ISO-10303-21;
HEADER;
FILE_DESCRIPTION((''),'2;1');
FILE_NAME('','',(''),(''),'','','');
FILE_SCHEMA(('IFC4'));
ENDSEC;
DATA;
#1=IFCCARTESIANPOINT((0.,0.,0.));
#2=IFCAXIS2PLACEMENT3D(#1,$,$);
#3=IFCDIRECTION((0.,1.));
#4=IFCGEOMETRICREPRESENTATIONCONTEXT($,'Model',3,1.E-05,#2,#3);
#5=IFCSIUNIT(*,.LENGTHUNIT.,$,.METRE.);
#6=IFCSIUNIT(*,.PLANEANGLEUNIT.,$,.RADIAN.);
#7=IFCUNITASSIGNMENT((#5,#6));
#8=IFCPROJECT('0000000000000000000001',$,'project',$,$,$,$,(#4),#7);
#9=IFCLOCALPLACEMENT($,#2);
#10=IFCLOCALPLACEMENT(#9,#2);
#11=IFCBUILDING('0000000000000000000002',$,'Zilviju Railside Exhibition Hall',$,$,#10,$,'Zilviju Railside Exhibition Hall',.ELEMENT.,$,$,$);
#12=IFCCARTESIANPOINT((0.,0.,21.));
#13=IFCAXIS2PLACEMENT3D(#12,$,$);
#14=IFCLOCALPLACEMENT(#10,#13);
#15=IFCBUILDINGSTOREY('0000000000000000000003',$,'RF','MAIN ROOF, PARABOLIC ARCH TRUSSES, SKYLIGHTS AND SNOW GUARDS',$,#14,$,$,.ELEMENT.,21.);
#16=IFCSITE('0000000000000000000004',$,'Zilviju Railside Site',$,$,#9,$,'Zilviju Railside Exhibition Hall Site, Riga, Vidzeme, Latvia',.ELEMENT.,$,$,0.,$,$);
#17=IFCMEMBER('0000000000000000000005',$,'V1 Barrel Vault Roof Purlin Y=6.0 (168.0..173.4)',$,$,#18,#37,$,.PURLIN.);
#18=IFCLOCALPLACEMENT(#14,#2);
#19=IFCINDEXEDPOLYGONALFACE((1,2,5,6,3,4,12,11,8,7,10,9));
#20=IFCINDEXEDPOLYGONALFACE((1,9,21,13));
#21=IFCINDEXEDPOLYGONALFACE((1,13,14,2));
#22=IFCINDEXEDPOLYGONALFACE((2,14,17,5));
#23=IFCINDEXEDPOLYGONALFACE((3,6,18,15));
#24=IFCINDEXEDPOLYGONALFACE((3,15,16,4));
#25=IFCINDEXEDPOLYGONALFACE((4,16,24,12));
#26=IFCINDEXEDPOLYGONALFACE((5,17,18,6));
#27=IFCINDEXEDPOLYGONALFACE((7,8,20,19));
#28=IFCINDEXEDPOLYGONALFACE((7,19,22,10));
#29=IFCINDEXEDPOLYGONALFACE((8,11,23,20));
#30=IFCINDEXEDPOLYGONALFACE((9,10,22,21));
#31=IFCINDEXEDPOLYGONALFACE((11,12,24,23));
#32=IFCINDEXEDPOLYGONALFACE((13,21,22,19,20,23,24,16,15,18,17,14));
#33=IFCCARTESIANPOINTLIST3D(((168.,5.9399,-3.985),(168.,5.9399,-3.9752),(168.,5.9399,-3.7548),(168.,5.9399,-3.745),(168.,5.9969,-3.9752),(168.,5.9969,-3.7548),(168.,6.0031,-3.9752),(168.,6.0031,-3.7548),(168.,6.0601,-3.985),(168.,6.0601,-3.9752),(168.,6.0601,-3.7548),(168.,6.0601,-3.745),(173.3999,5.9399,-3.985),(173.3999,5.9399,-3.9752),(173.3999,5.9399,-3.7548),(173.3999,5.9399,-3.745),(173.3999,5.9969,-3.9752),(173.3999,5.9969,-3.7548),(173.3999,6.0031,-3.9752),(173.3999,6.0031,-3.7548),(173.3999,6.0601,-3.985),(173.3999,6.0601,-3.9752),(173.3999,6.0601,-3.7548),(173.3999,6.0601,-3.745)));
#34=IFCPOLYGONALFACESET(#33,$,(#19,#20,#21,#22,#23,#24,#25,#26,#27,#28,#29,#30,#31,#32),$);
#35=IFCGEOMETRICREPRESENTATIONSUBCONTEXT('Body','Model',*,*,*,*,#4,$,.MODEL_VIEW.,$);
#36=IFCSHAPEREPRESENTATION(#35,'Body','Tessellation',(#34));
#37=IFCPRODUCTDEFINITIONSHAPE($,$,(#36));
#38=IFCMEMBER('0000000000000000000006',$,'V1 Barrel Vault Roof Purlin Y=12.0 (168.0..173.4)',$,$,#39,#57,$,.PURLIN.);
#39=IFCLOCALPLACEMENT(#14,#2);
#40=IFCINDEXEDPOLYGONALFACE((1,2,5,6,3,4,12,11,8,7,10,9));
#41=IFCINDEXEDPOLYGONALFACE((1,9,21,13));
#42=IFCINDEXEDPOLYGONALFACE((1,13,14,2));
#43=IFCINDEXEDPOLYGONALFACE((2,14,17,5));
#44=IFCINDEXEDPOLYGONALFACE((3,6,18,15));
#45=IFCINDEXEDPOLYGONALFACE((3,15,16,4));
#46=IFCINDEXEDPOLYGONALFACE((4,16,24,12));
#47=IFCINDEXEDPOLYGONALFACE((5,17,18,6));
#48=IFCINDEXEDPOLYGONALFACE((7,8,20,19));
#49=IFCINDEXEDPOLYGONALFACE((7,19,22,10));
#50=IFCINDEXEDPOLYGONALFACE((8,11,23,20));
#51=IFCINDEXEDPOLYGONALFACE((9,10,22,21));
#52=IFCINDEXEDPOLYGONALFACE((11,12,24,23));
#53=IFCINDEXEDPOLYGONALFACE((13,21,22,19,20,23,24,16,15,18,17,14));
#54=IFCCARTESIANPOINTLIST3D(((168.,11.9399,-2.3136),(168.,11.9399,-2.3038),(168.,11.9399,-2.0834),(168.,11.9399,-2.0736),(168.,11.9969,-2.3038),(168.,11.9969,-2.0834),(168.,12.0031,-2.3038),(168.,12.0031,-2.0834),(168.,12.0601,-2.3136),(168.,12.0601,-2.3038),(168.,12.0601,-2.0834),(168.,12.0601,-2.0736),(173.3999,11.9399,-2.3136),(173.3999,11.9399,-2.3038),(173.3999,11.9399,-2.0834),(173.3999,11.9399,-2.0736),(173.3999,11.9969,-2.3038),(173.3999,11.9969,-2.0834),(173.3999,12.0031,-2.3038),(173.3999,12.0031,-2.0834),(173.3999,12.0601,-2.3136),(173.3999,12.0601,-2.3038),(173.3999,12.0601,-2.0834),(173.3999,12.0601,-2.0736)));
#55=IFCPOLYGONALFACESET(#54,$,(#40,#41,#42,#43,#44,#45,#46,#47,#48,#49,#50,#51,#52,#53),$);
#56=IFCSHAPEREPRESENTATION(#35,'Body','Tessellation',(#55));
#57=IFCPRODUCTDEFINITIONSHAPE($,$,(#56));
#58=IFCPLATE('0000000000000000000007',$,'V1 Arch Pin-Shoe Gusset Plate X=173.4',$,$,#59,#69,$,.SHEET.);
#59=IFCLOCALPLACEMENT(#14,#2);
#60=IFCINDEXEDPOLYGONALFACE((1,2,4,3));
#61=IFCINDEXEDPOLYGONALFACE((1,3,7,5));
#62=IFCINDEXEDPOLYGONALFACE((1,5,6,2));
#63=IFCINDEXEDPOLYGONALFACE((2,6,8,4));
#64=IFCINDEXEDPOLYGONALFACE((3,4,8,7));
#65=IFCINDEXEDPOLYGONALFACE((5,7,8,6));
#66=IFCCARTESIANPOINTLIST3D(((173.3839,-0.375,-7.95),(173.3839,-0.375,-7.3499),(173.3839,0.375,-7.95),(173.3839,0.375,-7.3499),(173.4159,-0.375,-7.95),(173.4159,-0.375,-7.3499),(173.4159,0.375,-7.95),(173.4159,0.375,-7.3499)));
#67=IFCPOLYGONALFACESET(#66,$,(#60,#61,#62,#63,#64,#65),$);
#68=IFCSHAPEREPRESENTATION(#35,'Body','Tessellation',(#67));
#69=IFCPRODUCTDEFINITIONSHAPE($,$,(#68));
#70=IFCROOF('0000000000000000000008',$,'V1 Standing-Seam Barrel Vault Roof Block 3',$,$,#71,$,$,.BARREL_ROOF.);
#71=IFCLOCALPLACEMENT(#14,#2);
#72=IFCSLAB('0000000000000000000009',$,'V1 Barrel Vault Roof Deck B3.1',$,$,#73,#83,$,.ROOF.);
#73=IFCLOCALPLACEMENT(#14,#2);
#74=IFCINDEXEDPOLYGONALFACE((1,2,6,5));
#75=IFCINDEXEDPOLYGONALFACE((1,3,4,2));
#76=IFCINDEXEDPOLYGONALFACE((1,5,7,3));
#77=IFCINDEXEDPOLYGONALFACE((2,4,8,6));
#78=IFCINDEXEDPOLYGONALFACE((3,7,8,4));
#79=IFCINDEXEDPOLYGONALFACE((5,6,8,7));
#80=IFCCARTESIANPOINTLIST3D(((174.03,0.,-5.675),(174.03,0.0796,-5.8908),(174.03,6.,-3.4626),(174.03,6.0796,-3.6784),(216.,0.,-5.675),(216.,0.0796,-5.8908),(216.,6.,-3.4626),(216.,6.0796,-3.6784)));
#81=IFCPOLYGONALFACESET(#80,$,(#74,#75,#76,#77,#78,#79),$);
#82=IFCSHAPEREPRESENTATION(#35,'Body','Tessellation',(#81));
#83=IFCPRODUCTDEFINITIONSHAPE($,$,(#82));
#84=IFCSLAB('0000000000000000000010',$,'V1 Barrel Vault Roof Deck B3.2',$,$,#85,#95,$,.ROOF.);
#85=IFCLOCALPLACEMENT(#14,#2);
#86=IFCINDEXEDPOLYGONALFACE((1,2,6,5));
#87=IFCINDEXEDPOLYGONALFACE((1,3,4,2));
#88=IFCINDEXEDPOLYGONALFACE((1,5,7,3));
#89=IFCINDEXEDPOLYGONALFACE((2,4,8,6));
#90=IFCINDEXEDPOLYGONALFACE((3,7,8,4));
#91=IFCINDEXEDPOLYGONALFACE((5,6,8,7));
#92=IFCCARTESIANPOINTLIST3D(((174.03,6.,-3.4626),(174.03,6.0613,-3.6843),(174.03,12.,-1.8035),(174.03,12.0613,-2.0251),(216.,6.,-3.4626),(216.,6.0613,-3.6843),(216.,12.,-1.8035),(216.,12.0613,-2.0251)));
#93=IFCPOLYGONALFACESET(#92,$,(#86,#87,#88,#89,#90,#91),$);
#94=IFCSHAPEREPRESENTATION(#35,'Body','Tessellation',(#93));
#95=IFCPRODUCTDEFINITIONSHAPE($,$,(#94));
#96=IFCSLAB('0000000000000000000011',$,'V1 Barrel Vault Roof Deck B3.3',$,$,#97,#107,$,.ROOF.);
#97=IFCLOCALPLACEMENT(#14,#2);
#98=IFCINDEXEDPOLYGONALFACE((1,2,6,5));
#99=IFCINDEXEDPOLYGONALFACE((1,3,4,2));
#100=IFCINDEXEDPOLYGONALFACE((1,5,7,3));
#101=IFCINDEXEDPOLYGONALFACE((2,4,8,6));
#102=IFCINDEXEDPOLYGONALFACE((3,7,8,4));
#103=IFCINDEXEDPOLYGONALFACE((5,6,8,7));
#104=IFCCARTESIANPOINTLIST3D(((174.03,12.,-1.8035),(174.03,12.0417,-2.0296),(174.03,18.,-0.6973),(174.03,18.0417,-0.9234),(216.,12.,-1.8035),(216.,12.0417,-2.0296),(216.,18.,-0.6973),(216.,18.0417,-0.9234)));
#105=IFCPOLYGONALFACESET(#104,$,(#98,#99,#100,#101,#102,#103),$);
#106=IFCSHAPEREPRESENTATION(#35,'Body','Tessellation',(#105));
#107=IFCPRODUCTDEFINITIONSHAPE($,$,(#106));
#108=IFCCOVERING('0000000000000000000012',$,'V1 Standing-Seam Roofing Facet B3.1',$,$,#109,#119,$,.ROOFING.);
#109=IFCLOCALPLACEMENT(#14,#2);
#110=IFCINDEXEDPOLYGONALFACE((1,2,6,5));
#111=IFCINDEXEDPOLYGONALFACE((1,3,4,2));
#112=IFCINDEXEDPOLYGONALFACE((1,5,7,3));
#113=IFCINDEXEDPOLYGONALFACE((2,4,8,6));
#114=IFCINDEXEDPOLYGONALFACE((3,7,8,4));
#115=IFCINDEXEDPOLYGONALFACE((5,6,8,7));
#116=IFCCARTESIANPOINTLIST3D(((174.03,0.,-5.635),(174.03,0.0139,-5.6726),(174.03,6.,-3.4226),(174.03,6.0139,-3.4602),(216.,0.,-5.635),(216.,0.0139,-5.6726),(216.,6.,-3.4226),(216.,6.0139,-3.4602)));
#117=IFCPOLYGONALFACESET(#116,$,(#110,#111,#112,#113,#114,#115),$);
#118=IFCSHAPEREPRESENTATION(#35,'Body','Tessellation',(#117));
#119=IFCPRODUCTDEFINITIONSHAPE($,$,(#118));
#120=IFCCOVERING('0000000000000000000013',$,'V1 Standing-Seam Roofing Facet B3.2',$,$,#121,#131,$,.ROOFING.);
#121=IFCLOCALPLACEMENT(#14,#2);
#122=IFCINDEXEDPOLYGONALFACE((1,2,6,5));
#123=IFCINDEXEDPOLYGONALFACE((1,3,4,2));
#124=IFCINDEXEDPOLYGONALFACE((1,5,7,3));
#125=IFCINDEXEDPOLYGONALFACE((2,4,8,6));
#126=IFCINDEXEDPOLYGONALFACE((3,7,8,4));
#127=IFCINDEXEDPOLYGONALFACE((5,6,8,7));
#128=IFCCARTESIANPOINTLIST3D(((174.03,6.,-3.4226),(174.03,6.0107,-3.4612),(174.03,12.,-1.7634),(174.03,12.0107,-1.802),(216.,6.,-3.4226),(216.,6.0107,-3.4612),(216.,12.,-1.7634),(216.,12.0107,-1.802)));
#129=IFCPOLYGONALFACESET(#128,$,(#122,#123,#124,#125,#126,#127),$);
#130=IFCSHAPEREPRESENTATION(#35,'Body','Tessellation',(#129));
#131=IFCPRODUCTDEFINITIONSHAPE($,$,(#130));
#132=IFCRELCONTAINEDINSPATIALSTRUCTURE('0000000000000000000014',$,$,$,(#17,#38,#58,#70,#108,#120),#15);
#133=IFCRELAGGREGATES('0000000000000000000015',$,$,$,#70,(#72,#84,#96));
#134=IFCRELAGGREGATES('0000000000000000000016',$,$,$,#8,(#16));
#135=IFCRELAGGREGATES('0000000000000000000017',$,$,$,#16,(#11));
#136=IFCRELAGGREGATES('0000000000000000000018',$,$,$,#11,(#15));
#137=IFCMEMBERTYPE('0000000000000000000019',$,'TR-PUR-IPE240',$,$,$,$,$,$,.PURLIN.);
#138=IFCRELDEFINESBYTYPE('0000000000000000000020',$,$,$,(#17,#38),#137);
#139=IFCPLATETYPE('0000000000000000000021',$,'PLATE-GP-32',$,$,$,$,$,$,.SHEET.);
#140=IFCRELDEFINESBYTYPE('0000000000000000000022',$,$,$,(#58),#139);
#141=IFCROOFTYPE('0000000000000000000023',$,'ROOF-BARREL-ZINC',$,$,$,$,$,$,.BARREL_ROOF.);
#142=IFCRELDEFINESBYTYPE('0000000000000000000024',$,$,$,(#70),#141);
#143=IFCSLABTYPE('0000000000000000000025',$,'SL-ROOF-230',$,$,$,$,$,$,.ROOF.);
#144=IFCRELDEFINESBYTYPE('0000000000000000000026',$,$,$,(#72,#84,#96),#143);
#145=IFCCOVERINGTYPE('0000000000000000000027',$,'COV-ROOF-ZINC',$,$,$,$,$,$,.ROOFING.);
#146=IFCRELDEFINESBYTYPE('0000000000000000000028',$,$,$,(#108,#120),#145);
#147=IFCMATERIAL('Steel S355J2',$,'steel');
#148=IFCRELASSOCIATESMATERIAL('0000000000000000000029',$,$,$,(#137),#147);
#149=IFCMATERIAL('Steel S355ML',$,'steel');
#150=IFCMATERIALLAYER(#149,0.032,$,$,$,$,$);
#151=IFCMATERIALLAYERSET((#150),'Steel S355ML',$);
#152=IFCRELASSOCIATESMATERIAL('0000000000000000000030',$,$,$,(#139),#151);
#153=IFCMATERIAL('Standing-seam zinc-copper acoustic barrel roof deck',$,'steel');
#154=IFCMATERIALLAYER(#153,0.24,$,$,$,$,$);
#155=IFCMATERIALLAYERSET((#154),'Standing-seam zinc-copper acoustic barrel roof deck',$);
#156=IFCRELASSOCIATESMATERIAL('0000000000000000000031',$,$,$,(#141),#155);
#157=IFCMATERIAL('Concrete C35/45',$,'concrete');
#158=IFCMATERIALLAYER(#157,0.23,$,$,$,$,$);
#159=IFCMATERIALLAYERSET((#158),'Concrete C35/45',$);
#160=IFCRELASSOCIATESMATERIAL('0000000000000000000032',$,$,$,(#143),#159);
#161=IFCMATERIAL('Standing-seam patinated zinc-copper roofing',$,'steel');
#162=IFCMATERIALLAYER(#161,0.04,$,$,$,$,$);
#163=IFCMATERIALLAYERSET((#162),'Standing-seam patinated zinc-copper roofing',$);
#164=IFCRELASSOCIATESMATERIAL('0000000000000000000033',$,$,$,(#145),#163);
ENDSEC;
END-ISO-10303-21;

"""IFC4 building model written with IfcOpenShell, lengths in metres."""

from ifc_helpers import new_model, si_unit, direction, frame, origin, origin_2d, place, context, subcontext, project, spatial, polyline, rectangle, i_section, outline, extrude, material, layer, layer_set, material_profile, profile_set, type_object, element, aggregate, save


model = new_model("IFC4")

# Units and contexts
model_context = context("Model", 3, precision=1e-05, world=origin(), true_north=direction((0.0, 1.0)))
body_context = subcontext(model_context, "Body", "Model", "MODEL_VIEW")
ifc_project = project(units=[si_unit("LENGTHUNIT", "METRE"), si_unit("PLANEANGLEUNIT", "RADIAN")], contexts=[model_context])

# Site, building, storey
site_placement = place(None, origin())
site = spatial("IfcSite", under=ifc_project, at=site_placement, Name="Zilviju Railside Site", LongName="Zilviju Railside Exhibition Hall Site, Riga, Vidzeme, Latvia", CompositionType="ELEMENT", RefElevation=0.0)
building_placement = place(site_placement, origin())
building = spatial("IfcBuilding", under=site, at=building_placement, Name="Zilviju Railside Exhibition Hall", LongName="Zilviju Railside Exhibition Hall", CompositionType="ELEMENT")
storey_placement = place(building_placement, frame((0.0, 0.0, 21.0)))
storey = spatial("IfcBuildingStorey", under=building, at=storey_placement, Name="RF", Description="MAIN ROOF, PARABOLIC ARCH TRUSSES, SKYLIGHTS AND SNOW GUARDS", CompositionType="ELEMENT", Elevation=21.0)

# Members
ifc_material_1 = material(Name="Steel S355J2", Category="steel")
ifc_material_profile_1 = material_profile(ifc_material_1, i_section(OverallWidth=0.1201, OverallDepth=0.24, WebThickness=0.0061, FlangeThickness=0.0098, at=origin_2d()), Name="IPE 240")
ifc_profile_set_1 = profile_set([ifc_material_profile_1], Name="Steel S355J2")
member_type_1 = type_object("IfcMemberType", Name="TR-PUR-IPE240", PredefinedType="PURLIN", material=ifc_profile_set_1)
for number, where, z_axis, x_axis, name in (
    (1, (168.0, 6.0, -3.865), (1.0, 0.0, 0.0), (0.0, 1.0, 0.0), "V1 Barrel Vault Roof Purlin Y=6.0 (168.0..173.4)"),
    (2, (168.0, 12.0, -2.1936), (1.0, 0.0, 0.0), (0.0, 1.0, 0.0), "V1 Barrel Vault Roof Purlin Y=12.0 (168.0..173.4)"),
):
    element("IfcMember", number, at=place(storey_placement, frame(where, z_axis=z_axis, x_axis=x_axis)), inside=storey, type_object=member_type_1, Name=name, PredefinedType="PURLIN", context=body_context, shape_type="SweptSolid", body=[
        extrude(i_section(OverallWidth=0.1201, OverallDepth=0.24, WebThickness=0.0061, FlangeThickness=0.0098, at=origin_2d()), origin(), (0.0, 0.0, 1.0), 5.3999),
    ])

# Plate
ifc_material_2 = material(Name="Steel S355ML", Category="steel")
ifc_layer_1 = layer(ifc_material_2, 0.032)
ifc_layer_set_1 = layer_set([ifc_layer_1], Name="Steel S355ML")
plate_type = type_object("IfcPlateType", Name="PLATE-GP-32", PredefinedType="SHEET", material=ifc_layer_set_1)
plate_placement = place(storey_placement, frame((173.3999, 0.0, -7.95), z_axis=(0.0, 0.0, 1.0), x_axis=(1.0, 0.0, 0.0)))
element("IfcPlate", 3, at=plate_placement, inside=storey, type_object=plate_type, Name="V1 Arch Pin-Shoe Gusset Plate X=173.4", PredefinedType="SHEET", context=body_context, shape_type="SweptSolid", body=[
    extrude(rectangle(XDim=0.032, YDim=0.75, at=origin_2d()), origin(), (0.0, 0.0, 1.0), 0.6001),
])

# Roof, slabs
ifc_material_3 = material(Name="Standing-seam zinc-copper acoustic barrel roof deck", Category="steel")
ifc_layer_2 = layer(ifc_material_3, 0.24)
ifc_layer_set_2 = layer_set([ifc_layer_2], Name="Standing-seam zinc-copper acoustic barrel roof deck")
roof_type = type_object("IfcRoofType", Name="ROOF-BARREL-ZINC", PredefinedType="BARREL_ROOF", material=ifc_layer_set_2)
roof_placement = place(storey_placement, origin())
roof = element("IfcRoof", 4, at=roof_placement, inside=storey, type_object=roof_type, Name="V1 Standing-Seam Barrel Vault Roof Block 3", PredefinedType="BARREL_ROOF")
ifc_material_4 = material(Name="Concrete C35/45", Category="concrete")
ifc_layer_3 = layer(ifc_material_4, 0.23)
ifc_layer_set_3 = layer_set([ifc_layer_3], Name="Concrete C35/45")
slab_type = type_object("IfcSlabType", Name="SL-ROOF-230", PredefinedType="ROOF", material=ifc_layer_set_3)
slab_1_placement = place(storey_placement, frame((174.03, 0.0, -5.675), z_axis=(0.0, -0.345964, 0.938248), x_axis=(1.0, 0.0, 0.0)))
slab_1 = element("IfcSlab", 5, at=slab_1_placement, type_object=slab_type, Name="V1 Barrel Vault Roof Deck B3.1", PredefinedType="ROOF", context=body_context, shape_type="SweptSolid", body=[
    extrude(outline(polyline([(0.0, 0.0), (41.97, 0.0), (41.97, 6.3949), (0.0, 6.3949), (0.0, 0.0)])), origin(), (0.0, 0.0, -1.0), 0.23),
])
slab_2_placement = place(storey_placement, frame((174.03, 6.0, -3.4626), z_axis=(0.0, -0.266527, 0.963827), x_axis=(1.0, 0.0, 0.0)))
slab_2 = element("IfcSlab", 6, at=slab_2_placement, type_object=slab_type, Name="V1 Barrel Vault Roof Deck B3.2", PredefinedType="ROOF", context=body_context, shape_type="SweptSolid", body=[
    extrude(outline(polyline([(0.0, 0.0), (41.97, 0.0), (41.97, 6.2252), (0.0, 6.2252), (0.0, 0.0)])), origin(), (0.0, 0.0, -1.0), 0.23),
])
slab_3_placement = place(storey_placement, frame((174.03, 12.0, -1.8035), z_axis=(0.0, -0.181311, 0.983426), x_axis=(1.0, 0.0, 0.0)))
slab_3 = element("IfcSlab", 7, at=slab_3_placement, type_object=slab_type, Name="V1 Barrel Vault Roof Deck B3.3", PredefinedType="ROOF", context=body_context, shape_type="SweptSolid", body=[
    extrude(outline(polyline([(0.0, 0.0), (41.97, 0.0), (41.97, 6.1011), (0.0, 6.1011), (0.0, 0.0)])), origin(), (0.0, 0.0, -1.0), 0.23),
])
aggregate(roof, [slab_1, slab_2, slab_3])

# Coverings
ifc_material_5 = material(Name="Standing-seam patinated zinc-copper roofing", Category="steel")
ifc_layer_4 = layer(ifc_material_5, 0.04)
ifc_layer_set_4 = layer_set([ifc_layer_4], Name="Standing-seam patinated zinc-copper roofing")
covering_type = type_object("IfcCoveringType", Name="COV-ROOF-ZINC", PredefinedType="ROOFING", material=ifc_layer_set_4)
covering_1_placement = place(storey_placement, frame((174.03, 0.0, -5.635), z_axis=(0.0, -0.345964, 0.938248), x_axis=(1.0, 0.0, 0.0)))
element("IfcCovering", 8, at=covering_1_placement, inside=storey, type_object=covering_type, Name="V1 Standing-Seam Roofing Facet B3.1", PredefinedType="ROOFING", context=body_context, shape_type="SweptSolid", body=[
    extrude(outline(polyline([(0.0, 0.0), (41.97, 0.0), (41.97, 6.3949), (0.0, 6.3949), (0.0, 0.0)])), origin(), (0.0, 0.0, -1.0), 0.04),
])
covering_2_placement = place(storey_placement, frame((174.03, 6.0, -3.4226), z_axis=(0.0, -0.266527, 0.963827), x_axis=(1.0, 0.0, 0.0)))
element("IfcCovering", 9, at=covering_2_placement, inside=storey, type_object=covering_type, Name="V1 Standing-Seam Roofing Facet B3.2", PredefinedType="ROOFING", context=body_context, shape_type="SweptSolid", body=[
    extrude(outline(polyline([(0.0, 0.0), (41.97, 0.0), (41.97, 6.2252), (0.0, 6.2252), (0.0, 0.0)])), origin(), (0.0, 0.0, -1.0), 0.04),
])

save(model, "model.ifc")
